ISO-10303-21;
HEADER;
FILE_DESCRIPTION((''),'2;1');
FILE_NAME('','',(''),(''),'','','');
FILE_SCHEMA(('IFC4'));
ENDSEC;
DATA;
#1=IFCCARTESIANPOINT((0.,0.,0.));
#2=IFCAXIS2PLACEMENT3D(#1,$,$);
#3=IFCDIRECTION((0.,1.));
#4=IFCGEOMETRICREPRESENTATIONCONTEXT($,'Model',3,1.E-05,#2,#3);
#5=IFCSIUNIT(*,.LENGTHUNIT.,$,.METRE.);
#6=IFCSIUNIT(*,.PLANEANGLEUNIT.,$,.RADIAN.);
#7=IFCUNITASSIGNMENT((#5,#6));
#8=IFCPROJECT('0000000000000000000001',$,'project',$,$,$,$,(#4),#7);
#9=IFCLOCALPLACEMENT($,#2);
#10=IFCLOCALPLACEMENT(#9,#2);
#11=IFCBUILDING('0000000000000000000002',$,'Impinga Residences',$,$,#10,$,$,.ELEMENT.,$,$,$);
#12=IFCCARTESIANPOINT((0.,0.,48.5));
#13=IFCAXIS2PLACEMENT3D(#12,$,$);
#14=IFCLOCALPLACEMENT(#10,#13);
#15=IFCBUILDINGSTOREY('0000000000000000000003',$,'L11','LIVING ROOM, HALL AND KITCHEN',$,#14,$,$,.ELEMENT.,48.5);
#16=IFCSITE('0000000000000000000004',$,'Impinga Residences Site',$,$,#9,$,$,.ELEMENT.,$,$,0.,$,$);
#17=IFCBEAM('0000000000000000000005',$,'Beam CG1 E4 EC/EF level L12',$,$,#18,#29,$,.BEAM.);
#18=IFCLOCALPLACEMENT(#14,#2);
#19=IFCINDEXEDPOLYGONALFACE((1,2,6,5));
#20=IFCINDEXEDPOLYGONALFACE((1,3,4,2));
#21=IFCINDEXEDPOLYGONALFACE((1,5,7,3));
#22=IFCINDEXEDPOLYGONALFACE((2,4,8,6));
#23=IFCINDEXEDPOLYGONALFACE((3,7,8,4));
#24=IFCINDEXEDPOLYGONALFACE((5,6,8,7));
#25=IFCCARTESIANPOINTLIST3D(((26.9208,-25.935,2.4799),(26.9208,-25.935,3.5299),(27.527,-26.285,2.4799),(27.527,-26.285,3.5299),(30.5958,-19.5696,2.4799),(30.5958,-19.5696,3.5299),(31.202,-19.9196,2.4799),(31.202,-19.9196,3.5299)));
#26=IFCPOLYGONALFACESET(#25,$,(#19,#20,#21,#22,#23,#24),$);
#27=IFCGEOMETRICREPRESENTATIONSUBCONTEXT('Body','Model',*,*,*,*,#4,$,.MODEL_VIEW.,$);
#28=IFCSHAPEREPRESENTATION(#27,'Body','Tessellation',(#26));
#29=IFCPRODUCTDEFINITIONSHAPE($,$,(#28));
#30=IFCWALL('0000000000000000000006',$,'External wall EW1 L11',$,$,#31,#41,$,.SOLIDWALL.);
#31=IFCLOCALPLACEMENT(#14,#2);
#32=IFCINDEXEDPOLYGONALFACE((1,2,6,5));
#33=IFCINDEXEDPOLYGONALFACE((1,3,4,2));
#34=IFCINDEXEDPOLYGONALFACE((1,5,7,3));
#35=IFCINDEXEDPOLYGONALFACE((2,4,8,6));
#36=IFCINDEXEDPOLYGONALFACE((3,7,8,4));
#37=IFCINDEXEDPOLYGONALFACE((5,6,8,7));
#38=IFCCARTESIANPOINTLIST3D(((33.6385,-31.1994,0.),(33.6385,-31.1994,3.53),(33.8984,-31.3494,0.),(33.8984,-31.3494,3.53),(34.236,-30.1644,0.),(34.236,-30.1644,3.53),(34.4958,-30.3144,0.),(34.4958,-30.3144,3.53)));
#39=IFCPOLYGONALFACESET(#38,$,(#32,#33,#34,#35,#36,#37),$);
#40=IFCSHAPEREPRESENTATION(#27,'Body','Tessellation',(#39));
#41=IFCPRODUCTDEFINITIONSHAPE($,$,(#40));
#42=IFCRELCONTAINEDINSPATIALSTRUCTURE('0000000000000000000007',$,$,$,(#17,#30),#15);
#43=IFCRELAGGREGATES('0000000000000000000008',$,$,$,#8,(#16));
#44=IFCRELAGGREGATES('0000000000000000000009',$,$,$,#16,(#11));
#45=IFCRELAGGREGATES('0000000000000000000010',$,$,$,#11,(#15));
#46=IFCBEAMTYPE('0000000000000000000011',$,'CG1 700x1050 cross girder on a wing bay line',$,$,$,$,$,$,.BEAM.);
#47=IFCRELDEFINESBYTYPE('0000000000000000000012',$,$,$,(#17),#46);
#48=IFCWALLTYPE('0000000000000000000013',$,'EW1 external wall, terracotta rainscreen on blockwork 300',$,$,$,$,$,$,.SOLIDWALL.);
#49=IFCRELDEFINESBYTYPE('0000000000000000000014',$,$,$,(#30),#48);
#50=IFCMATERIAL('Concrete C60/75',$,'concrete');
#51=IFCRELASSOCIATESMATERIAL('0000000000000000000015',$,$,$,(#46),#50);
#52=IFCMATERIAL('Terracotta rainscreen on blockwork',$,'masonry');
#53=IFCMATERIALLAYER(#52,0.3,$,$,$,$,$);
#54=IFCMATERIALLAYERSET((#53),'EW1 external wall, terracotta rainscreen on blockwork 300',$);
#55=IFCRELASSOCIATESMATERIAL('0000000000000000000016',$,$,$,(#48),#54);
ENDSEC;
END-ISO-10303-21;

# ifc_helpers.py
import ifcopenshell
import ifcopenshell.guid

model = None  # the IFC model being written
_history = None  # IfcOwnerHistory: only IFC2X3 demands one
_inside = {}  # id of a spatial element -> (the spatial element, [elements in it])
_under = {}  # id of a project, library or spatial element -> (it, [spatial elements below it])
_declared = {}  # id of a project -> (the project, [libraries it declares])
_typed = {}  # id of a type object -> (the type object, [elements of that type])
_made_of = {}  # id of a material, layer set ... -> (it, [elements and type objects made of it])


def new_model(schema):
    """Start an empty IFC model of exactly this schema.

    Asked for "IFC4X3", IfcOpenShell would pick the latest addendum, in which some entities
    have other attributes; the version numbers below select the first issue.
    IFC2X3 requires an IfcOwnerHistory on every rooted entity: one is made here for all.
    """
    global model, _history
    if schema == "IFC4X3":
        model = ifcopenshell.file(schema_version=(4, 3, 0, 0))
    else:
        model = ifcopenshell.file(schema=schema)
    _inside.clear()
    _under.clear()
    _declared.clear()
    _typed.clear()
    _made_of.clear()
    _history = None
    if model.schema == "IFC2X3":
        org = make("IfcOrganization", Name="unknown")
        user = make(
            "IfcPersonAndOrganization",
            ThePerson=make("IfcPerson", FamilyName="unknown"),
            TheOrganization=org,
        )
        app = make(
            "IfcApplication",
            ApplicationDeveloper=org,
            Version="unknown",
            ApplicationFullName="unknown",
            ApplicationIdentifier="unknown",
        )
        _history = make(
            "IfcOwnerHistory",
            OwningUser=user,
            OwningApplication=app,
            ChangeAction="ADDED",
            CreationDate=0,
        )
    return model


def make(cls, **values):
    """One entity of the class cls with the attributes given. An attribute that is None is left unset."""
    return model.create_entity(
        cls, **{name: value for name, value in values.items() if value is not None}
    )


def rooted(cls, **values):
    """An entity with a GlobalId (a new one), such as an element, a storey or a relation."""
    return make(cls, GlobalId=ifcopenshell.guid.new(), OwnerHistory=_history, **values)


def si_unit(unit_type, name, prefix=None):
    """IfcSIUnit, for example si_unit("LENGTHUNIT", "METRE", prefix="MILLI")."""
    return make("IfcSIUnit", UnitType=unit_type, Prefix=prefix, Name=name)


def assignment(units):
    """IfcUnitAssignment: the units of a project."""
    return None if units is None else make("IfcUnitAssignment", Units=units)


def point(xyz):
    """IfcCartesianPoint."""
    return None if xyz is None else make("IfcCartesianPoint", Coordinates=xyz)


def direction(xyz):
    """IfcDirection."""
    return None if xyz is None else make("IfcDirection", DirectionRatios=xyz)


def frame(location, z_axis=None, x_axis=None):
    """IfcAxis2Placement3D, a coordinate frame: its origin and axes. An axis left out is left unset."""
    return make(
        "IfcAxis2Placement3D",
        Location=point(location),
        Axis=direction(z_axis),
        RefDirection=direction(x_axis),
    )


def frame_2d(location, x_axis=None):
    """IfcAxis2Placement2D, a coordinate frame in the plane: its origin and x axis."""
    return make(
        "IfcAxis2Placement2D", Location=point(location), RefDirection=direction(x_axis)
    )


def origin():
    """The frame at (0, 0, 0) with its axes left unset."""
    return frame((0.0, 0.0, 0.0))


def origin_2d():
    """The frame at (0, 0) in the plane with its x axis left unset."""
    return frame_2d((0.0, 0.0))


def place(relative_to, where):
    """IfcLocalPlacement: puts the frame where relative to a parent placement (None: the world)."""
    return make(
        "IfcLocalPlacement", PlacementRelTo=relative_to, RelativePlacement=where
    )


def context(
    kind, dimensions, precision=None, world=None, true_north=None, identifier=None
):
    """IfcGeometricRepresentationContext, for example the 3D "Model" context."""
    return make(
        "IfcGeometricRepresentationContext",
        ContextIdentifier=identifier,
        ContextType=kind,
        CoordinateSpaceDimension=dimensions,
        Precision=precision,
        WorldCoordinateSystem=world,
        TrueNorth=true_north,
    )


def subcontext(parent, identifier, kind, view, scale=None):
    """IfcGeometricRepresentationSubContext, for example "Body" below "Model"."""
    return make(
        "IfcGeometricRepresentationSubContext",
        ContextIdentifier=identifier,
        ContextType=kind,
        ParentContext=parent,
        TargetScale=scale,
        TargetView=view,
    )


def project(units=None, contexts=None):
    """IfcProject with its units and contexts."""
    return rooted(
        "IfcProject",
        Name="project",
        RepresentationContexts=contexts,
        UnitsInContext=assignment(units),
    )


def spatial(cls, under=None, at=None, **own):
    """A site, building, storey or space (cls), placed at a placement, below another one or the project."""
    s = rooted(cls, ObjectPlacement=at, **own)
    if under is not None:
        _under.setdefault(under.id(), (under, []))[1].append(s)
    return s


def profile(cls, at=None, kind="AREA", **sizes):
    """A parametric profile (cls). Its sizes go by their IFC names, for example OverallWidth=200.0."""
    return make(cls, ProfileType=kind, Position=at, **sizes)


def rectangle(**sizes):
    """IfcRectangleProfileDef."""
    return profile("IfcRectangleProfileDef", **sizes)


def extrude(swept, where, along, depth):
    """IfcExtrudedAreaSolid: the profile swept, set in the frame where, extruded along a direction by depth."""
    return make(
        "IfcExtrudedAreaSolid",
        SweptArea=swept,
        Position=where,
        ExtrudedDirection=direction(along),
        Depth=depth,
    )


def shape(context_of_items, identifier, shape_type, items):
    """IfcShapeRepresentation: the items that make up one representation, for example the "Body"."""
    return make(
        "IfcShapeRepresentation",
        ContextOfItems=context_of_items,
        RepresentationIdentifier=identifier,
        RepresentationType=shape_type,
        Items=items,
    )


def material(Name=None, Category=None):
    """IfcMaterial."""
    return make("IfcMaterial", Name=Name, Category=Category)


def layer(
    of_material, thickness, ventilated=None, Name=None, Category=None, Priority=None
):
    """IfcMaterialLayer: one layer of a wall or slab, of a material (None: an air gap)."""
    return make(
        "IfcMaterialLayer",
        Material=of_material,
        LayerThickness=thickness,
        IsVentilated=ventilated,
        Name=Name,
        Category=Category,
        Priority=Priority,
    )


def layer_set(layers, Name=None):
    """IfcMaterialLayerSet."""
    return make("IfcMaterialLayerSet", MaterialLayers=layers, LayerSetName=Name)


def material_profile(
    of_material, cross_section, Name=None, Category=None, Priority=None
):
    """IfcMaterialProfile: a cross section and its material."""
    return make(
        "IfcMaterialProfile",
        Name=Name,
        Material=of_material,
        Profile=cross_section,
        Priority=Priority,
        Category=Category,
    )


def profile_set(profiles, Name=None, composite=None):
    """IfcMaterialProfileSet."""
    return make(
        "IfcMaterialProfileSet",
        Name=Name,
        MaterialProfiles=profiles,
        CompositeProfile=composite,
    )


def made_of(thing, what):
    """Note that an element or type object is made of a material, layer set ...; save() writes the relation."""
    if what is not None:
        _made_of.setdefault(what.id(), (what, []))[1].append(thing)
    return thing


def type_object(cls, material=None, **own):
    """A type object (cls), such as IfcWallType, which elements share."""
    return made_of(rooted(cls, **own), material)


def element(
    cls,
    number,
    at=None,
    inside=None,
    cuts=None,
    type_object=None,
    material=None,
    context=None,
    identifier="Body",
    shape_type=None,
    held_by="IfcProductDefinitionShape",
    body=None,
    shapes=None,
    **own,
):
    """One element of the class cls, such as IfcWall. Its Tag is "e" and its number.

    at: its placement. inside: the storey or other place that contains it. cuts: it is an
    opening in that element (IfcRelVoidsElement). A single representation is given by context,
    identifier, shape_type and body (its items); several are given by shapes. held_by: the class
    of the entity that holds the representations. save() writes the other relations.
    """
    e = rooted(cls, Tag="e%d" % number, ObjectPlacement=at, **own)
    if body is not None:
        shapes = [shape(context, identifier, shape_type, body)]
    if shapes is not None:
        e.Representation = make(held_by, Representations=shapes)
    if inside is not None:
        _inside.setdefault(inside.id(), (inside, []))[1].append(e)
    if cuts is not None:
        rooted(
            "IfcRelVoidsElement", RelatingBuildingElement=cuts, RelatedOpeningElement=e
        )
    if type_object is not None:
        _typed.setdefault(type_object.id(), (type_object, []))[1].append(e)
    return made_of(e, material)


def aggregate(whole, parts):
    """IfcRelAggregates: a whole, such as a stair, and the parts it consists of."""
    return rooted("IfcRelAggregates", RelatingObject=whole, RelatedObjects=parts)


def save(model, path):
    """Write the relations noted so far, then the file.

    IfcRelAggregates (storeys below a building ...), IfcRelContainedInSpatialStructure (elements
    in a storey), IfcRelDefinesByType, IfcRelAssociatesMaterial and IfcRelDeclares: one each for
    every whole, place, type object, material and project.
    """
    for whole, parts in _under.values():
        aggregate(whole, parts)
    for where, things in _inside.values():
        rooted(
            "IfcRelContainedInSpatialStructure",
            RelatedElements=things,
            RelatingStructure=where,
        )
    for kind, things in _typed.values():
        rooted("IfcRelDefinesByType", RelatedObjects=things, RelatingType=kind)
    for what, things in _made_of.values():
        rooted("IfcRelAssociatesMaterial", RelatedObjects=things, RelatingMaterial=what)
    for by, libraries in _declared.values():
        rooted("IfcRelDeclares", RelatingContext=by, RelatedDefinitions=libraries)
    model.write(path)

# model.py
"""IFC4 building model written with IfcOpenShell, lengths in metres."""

from ifc_helpers import new_model, si_unit, direction, frame, frame_2d, origin, origin_2d, place, context, subcontext, project, spatial, rectangle, extrude, material, layer, layer_set, material_profile, profile_set, type_object, element, save


model = new_model("IFC4")

# Units and contexts
model_context = context("Model", 3, precision=1e-05, world=origin(), true_north=direction((0.0, 1.0)))
body_context = subcontext(model_context, "Body", "Model", "MODEL_VIEW")
ifc_project = project(units=[si_unit("LENGTHUNIT", "METRE"), si_unit("PLANEANGLEUNIT", "RADIAN")], contexts=[model_context])

# Site, building, storey
site_placement = place(None, origin())
site = spatial("IfcSite", under=ifc_project, at=site_placement, Name="Impinga Residences Site", CompositionType="ELEMENT", RefElevation=0.0)
building_placement = place(site_placement, origin())
building = spatial("IfcBuilding", under=site, at=building_placement, Name="Impinga Residences", CompositionType="ELEMENT")
storey_placement = place(building_placement, frame((0.0, 0.0, 48.5)))
storey = spatial("IfcBuildingStorey", under=building, at=storey_placement, Name="L11", Description="LIVING ROOM, HALL AND KITCHEN", CompositionType="ELEMENT", Elevation=48.5)

# Beam
ifc_material_1 = material(Name="Concrete C60/75", Category="concrete")
ifc_material_profile = material_profile(ifc_material_1, rectangle(XDim=0.7, YDim=1.05, at=origin_2d()), Name="RC 700x1050")
ifc_profile_set = profile_set([ifc_material_profile], Name="Concrete C60/75")
beam_type = type_object("IfcBeamType", Name="CG1 700x1050 cross girder on a wing bay line", PredefinedType="BEAM", material=ifc_profile_set)
beam_placement = place(storey_placement, frame((30.8989, -19.7446, 3.0049), z_axis=(-0.499994, -0.866029, 0.0), x_axis=(0.866029, -0.499994, 0.0)))
element("IfcBeam", 1, at=beam_placement, inside=storey, type_object=beam_type, Name="Beam CG1 E4 EC/EF level L12", PredefinedType="BEAM", context=body_context, shape_type="SweptSolid", body=[
    extrude(rectangle(XDim=0.7, YDim=1.05, at=origin_2d()), origin(), (0.0, 0.0, 1.0), 7.3501),
])

# Wall
ifc_material_2 = material(Name="Terracotta rainscreen on blockwork", Category="masonry")
ifc_layer_1 = layer(ifc_material_2, 0.3)
ifc_layer_set_1 = layer_set([ifc_layer_1], Name="EW1 external wall, terracotta rainscreen on blockwork 300")
wall_type_1 = type_object("IfcWallType", Name="EW1 external wall, terracotta rainscreen on blockwork 300", PredefinedType="SOLIDWALL", material=ifc_layer_set_1)
wall_1_placement = place(storey_placement, frame((34.366, -30.2393, 0.0), z_axis=(0.0, 0.0, 1.0), x_axis=(-0.499941, -0.86606, 0.0)))
element("IfcWall", 2, at=wall_1_placement, inside=storey, type_object=wall_type_1, Name="External wall EW1 L11", PredefinedType="SOLIDWALL", context=body_context, shape_type="SweptSolid", body=[
    extrude(rectangle(XDim=1.1951, YDim=0.3, at=frame_2d((0.5977, 0.0))), origin(), (0.0, 0.0, 1.0), 3.53),
])

save(model, "model.ifc")
